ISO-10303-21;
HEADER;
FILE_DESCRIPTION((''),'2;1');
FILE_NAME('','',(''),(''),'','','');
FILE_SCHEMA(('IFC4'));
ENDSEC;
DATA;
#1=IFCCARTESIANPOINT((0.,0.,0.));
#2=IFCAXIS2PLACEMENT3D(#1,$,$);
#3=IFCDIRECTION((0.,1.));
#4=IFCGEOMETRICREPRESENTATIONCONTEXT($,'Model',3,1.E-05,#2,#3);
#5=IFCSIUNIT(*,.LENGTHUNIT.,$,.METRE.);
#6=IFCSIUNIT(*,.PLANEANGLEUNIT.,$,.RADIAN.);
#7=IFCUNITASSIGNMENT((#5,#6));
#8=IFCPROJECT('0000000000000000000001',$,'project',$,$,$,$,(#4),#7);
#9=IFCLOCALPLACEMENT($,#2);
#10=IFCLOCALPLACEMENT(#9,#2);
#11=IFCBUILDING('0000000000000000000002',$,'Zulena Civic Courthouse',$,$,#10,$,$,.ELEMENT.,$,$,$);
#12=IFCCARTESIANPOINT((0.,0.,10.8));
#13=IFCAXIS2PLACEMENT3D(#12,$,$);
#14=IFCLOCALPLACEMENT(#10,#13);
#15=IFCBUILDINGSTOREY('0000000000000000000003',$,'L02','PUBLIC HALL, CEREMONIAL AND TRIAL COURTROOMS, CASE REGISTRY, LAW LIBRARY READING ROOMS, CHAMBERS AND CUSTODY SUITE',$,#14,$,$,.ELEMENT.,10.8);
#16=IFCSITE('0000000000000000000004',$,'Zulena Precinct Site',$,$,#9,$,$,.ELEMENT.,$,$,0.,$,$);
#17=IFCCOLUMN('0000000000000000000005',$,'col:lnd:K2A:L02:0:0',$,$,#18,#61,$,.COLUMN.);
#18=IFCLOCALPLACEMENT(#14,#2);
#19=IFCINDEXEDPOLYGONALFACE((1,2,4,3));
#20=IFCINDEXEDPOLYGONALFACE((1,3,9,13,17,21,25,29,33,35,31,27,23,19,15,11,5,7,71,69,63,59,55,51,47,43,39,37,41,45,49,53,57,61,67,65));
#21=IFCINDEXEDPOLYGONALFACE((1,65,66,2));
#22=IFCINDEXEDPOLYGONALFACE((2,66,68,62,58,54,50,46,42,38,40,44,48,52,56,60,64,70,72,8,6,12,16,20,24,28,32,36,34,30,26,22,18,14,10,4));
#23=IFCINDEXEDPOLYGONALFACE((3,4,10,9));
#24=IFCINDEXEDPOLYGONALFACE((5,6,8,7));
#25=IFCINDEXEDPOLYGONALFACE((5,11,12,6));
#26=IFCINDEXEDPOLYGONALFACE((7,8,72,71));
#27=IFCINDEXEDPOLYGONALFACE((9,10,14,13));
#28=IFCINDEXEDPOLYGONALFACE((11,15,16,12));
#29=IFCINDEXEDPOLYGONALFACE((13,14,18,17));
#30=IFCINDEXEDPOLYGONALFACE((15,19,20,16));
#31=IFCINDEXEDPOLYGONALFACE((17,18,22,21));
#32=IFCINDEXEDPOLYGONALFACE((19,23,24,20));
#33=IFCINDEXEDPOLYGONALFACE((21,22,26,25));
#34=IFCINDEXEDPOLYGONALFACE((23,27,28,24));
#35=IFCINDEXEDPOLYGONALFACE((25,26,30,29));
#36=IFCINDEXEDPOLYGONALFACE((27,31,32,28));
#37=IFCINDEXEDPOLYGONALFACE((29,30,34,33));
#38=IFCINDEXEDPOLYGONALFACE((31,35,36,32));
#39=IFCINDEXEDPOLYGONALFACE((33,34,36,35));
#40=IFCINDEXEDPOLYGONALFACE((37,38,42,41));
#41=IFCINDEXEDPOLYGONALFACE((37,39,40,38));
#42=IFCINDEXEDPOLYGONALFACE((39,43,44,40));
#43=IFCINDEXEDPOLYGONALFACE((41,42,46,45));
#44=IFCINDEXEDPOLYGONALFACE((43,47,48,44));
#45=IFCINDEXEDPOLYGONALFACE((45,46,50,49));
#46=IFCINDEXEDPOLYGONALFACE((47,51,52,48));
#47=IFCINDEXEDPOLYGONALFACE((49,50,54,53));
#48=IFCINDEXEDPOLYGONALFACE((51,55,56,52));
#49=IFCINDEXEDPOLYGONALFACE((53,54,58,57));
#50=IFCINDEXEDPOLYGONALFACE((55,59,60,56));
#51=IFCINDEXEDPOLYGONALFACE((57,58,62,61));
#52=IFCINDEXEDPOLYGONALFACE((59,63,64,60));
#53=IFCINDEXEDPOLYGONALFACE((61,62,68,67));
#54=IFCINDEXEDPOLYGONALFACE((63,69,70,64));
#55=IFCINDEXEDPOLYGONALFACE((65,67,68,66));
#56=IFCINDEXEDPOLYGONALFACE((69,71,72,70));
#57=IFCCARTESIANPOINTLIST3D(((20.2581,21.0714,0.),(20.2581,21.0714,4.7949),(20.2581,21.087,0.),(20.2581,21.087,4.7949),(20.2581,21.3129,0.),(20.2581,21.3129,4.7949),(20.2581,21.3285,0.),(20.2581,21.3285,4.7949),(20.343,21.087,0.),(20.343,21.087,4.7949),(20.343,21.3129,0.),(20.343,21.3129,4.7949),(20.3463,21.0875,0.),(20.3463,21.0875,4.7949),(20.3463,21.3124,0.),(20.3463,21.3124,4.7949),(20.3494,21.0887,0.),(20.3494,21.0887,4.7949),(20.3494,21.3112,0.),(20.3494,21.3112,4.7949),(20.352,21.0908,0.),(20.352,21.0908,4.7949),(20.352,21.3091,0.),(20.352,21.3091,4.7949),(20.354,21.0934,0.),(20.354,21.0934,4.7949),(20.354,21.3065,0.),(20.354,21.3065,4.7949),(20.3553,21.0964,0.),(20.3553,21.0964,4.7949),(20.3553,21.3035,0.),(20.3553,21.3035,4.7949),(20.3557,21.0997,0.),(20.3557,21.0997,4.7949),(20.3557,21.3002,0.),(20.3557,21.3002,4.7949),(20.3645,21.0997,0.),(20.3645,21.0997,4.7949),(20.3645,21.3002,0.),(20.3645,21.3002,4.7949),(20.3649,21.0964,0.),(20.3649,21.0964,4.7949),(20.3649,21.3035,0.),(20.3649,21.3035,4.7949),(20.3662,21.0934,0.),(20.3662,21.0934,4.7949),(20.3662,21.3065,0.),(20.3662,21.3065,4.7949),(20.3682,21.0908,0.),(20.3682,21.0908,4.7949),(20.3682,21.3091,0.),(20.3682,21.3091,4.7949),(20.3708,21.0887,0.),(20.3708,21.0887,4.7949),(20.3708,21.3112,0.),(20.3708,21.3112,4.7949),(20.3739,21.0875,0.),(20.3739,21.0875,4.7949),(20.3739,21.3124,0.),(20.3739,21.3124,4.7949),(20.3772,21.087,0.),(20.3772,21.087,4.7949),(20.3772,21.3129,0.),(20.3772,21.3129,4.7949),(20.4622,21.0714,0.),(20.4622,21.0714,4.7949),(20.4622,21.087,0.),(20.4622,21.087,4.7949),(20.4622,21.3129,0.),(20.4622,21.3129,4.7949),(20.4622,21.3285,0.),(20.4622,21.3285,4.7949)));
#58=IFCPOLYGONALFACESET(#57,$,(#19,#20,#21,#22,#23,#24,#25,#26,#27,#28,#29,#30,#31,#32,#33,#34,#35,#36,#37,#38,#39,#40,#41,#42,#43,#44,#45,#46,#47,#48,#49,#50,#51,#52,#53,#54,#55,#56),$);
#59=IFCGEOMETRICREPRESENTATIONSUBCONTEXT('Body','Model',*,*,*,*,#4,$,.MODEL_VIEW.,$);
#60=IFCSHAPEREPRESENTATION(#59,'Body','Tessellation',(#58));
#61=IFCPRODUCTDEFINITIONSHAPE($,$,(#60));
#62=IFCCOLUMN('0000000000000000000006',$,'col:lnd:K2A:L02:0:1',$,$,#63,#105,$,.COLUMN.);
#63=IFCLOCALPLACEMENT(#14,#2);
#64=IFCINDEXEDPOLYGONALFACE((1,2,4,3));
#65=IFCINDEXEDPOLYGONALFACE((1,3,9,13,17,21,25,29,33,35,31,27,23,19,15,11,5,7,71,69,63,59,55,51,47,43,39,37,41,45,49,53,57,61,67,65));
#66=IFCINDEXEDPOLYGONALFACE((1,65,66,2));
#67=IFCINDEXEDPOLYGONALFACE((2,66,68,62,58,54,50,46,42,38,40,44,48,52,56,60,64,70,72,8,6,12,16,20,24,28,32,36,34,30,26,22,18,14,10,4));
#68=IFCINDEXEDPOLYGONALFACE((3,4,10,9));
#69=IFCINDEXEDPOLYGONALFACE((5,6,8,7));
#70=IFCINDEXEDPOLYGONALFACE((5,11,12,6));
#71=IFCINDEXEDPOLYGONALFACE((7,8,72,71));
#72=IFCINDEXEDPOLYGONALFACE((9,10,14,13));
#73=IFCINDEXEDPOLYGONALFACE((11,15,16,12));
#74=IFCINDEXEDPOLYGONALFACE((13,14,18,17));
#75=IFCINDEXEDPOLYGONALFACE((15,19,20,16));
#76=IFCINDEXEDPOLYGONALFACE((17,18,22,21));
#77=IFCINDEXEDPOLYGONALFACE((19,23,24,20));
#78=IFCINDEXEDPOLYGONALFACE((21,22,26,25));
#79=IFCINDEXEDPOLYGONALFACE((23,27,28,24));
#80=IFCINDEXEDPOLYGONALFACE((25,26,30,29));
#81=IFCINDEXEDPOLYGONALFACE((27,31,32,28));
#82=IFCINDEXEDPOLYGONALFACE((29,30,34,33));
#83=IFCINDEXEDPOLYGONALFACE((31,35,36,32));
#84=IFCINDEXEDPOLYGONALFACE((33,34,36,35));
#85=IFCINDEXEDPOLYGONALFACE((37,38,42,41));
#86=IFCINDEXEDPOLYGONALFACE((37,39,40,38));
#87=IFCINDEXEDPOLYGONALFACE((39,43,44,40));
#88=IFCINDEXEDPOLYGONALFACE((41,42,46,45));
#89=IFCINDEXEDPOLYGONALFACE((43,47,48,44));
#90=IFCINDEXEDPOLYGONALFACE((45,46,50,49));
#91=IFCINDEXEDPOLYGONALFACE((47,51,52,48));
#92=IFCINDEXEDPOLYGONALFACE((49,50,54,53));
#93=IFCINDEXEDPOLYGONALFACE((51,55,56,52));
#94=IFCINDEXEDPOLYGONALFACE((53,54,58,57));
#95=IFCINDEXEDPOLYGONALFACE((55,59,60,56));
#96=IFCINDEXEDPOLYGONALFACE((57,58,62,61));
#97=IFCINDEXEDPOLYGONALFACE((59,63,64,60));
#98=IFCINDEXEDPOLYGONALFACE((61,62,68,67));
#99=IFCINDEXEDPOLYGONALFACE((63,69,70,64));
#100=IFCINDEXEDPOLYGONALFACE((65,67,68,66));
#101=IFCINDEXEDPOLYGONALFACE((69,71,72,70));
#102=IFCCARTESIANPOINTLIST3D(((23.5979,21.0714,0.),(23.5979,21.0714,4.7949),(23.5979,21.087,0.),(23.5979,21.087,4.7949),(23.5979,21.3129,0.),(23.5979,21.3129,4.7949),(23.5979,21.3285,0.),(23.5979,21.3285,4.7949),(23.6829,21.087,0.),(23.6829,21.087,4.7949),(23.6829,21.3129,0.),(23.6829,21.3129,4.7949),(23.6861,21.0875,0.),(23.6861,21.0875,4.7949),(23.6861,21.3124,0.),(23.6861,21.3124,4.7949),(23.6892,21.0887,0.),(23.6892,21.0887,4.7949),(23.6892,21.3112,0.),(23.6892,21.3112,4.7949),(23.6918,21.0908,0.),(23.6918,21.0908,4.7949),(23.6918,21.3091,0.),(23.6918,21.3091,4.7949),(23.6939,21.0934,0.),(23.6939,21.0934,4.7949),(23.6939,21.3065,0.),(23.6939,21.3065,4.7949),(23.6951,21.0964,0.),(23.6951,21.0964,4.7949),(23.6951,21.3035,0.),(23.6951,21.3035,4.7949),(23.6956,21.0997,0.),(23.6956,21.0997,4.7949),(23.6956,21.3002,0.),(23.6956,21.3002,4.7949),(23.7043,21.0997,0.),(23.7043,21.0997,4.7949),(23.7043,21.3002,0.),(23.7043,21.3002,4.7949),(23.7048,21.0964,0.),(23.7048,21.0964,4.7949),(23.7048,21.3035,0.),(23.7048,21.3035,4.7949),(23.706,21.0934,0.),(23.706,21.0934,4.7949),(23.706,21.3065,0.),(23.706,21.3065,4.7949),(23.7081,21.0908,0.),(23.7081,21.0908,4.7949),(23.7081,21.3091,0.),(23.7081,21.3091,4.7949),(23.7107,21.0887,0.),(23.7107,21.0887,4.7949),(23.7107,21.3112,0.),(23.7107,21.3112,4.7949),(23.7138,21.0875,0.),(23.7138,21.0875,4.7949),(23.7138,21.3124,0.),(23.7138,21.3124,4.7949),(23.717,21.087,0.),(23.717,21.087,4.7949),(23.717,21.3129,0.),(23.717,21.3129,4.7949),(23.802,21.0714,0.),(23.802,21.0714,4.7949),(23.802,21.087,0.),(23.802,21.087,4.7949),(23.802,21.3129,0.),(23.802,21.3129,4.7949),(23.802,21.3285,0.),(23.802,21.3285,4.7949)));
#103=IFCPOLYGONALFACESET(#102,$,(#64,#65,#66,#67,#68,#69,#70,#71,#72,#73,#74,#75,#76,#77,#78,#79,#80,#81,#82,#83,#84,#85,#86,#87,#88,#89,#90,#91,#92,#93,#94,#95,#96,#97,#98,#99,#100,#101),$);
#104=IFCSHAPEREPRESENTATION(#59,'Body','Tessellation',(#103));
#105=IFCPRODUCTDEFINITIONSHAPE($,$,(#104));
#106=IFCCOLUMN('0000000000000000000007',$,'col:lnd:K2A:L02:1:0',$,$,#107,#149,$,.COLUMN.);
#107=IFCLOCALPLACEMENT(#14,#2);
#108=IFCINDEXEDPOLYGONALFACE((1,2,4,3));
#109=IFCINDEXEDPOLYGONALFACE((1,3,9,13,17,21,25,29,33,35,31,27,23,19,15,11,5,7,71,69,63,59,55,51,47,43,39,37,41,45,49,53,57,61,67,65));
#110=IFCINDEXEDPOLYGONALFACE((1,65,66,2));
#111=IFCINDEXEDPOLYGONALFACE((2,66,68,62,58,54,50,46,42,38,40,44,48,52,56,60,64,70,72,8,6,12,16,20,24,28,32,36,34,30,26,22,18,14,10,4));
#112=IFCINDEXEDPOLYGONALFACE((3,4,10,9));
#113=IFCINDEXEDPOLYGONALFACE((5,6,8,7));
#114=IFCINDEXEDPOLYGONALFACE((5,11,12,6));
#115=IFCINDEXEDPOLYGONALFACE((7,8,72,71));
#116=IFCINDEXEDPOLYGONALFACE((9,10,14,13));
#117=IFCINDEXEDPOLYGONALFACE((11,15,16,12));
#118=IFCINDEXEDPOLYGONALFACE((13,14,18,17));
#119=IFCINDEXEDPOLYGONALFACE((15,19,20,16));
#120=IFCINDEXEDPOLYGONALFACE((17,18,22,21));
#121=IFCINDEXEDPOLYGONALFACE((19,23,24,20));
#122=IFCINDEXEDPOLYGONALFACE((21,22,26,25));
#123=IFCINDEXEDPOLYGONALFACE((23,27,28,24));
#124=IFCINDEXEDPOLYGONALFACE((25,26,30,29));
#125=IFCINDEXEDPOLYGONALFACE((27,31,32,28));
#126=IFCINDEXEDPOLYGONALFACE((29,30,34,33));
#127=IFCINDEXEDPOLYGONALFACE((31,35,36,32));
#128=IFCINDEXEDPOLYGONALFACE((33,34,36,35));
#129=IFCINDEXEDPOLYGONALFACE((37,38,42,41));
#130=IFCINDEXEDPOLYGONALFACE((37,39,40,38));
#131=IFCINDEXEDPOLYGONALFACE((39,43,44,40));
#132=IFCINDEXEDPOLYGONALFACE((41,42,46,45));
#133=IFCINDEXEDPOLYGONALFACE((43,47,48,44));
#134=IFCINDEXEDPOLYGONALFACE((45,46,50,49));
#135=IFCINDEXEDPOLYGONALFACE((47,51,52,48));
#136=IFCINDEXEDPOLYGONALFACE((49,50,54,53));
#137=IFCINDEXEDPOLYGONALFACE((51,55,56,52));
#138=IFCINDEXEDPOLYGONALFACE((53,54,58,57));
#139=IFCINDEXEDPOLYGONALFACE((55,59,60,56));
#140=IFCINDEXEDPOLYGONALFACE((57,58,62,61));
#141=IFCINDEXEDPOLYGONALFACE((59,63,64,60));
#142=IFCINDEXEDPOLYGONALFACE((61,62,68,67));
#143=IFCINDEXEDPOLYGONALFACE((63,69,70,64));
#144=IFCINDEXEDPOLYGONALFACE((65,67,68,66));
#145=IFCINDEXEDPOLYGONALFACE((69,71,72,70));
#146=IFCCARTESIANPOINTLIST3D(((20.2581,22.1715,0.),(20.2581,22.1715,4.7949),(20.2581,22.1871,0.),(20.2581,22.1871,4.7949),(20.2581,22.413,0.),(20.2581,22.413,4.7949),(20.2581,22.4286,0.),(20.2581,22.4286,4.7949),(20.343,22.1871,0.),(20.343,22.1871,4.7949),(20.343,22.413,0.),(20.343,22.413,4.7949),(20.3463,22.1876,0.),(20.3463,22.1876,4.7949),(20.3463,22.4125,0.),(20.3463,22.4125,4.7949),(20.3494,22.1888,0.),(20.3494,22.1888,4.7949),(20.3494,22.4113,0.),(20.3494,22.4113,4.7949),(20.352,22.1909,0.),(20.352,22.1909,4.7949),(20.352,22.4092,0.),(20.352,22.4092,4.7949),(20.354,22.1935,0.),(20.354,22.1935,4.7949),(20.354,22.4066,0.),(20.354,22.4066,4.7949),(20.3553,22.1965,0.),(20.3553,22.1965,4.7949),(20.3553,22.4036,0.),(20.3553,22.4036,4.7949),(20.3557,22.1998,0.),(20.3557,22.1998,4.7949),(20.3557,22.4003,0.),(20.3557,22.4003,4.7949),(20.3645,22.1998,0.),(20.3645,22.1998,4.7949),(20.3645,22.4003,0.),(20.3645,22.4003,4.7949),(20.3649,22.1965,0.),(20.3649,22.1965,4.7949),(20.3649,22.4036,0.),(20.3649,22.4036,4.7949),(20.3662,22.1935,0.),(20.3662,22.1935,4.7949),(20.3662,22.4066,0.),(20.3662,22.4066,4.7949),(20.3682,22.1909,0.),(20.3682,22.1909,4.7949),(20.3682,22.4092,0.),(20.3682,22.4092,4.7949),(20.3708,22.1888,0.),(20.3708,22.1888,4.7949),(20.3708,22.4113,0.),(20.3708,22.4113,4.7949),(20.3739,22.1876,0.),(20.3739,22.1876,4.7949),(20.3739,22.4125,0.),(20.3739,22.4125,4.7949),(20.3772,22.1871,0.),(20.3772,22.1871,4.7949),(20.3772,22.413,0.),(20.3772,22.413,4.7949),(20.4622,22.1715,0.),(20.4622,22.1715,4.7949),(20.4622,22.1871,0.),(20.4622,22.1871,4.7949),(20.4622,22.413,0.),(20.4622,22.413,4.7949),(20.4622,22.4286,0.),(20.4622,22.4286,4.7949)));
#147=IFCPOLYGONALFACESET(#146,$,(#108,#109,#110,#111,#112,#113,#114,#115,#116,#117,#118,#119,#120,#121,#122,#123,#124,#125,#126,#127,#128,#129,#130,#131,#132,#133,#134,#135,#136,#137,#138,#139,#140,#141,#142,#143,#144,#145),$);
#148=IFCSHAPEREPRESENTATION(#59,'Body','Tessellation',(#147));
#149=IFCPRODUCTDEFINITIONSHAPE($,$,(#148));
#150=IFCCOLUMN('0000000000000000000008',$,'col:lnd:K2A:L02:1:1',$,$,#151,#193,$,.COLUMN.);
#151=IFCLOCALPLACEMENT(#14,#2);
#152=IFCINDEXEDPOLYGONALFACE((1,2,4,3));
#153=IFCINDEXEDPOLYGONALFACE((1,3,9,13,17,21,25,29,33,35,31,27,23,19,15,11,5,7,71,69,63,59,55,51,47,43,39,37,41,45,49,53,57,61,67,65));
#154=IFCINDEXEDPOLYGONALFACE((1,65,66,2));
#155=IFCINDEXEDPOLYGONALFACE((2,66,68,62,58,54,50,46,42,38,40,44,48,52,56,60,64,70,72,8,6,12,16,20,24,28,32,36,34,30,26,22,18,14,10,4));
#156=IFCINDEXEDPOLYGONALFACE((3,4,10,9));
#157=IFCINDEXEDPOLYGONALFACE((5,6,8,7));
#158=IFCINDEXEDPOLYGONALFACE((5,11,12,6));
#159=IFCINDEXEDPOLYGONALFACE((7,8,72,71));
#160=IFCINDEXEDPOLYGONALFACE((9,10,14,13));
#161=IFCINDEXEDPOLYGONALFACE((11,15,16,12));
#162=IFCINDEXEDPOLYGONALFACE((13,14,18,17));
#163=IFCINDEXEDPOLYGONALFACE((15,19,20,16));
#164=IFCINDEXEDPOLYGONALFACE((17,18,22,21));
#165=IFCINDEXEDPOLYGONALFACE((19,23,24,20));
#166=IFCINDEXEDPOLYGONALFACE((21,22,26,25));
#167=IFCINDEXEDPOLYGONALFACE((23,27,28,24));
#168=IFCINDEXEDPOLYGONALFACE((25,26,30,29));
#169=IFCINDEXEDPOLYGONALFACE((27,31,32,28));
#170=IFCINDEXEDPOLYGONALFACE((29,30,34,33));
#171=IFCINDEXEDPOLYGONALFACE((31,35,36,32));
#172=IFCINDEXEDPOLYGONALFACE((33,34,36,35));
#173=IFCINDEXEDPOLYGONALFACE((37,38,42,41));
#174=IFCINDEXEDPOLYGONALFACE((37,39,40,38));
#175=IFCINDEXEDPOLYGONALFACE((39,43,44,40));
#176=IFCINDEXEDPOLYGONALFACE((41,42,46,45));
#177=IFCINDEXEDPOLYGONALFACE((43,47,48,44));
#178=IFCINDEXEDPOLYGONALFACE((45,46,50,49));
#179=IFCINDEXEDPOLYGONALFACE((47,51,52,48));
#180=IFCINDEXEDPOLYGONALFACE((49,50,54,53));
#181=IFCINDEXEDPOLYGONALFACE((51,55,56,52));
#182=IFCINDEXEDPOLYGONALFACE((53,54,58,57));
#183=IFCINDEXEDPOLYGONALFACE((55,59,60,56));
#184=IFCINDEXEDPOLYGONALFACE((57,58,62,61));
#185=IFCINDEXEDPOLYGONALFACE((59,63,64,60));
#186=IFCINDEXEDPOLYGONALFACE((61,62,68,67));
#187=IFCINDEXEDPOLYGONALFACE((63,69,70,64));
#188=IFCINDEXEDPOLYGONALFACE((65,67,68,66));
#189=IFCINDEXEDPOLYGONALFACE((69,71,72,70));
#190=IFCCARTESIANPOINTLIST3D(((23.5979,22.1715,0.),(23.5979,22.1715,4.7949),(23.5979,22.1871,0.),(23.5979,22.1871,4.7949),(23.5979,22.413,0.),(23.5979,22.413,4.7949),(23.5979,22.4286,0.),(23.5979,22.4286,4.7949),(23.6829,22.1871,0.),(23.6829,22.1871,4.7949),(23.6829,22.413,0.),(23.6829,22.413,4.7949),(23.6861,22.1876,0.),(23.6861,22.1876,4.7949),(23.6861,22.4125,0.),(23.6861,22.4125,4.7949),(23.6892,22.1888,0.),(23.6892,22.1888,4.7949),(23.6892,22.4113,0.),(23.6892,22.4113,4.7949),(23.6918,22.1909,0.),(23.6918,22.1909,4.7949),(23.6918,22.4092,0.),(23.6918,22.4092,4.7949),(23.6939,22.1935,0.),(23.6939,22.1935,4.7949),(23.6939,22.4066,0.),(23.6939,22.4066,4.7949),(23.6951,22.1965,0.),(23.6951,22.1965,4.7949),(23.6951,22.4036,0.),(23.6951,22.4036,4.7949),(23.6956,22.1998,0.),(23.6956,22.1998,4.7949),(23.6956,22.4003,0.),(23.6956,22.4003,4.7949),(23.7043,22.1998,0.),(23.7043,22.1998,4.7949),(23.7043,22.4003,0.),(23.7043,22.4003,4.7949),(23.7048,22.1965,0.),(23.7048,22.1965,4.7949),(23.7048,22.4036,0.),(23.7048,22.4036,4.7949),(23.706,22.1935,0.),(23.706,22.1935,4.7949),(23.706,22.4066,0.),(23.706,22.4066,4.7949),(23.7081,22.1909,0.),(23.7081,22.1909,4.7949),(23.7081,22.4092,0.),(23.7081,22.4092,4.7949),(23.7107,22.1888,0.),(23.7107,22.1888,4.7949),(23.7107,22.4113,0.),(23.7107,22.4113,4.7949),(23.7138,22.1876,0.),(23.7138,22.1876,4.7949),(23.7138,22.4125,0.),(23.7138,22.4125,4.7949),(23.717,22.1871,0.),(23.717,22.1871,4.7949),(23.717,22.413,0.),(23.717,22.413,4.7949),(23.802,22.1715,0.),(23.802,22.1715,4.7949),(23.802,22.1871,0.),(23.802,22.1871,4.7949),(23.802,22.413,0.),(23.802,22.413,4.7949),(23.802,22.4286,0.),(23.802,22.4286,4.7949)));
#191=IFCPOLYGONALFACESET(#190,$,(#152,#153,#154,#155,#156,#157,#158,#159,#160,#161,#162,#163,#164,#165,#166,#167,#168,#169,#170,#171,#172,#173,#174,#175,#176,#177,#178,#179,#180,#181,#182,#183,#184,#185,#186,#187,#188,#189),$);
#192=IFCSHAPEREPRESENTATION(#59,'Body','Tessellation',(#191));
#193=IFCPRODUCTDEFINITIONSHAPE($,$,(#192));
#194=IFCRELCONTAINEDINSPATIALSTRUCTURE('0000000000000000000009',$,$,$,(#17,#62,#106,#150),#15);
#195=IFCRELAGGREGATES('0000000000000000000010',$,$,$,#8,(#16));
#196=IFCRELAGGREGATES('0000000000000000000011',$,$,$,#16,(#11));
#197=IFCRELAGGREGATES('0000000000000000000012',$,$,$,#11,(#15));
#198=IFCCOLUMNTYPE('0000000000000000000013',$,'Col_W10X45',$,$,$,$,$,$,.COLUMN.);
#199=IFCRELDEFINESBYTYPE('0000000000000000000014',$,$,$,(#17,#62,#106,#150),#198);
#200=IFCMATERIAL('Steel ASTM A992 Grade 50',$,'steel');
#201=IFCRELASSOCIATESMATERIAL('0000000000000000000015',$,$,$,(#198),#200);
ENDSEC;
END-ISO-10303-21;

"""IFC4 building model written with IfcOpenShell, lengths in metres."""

from ifc_helpers import new_model, si_unit, direction, frame, origin, origin_2d, place, context, subcontext, project, spatial, i_section, extrude, material, material_profile, profile_set, type_object, element, save


model = new_model("IFC4")

# Units and contexts
model_context = context("Model", 3, precision=1e-05, world=origin(), true_north=direction((0.0, 1.0)))
body_context = subcontext(model_context, "Body", "Model", "MODEL_VIEW")
ifc_project = project(units=[si_unit("LENGTHUNIT", "METRE"), si_unit("PLANEANGLEUNIT", "RADIAN")], contexts=[model_context])

# Site, building, storey
site_placement = place(None, origin())
site = spatial("IfcSite", under=ifc_project, at=site_placement, Name="Zulena Precinct Site", CompositionType="ELEMENT", RefElevation=0.0)
building_placement = place(site_placement, origin())
building = spatial("IfcBuilding", under=site, at=building_placement, Name="Zulena Civic Courthouse", CompositionType="ELEMENT")
storey_placement = place(building_placement, frame((0.0, 0.0, 10.8)))
storey = spatial("IfcBuildingStorey", under=building, at=storey_placement, Name="L02", Description="PUBLIC HALL, CEREMONIAL AND TRIAL COURTROOMS, CASE REGISTRY, LAW LIBRARY READING ROOMS, CHAMBERS AND CUSTODY SUITE", CompositionType="ELEMENT", Elevation=10.8)

# Columns
ifc_material_1 = material(Name="Steel ASTM A992 Grade 50", Category="steel")
ifc_material_profile_1 = material_profile(ifc_material_1, i_section(OverallWidth=0.2041, OverallDepth=0.2571, WebThickness=0.0088, FlangeThickness=0.0156, FilletRadius=0.0127, at=origin_2d()), Name="W10X45")
ifc_profile_set_1 = profile_set([ifc_material_profile_1], Name="Steel ASTM A992 Grade 50")
column_type_1 = type_object("IfcColumnType", Name="Col_W10X45", PredefinedType="COLUMN", material=ifc_profile_set_1)
for number, where, z_axis, x_axis, name in (
    (1, (20.3601, 21.2, 0.0), (0.0, 0.0, 1.0), (1.0, 0.0, 0.0), "col:lnd:K2A:L02:0:0"),
    (2, (23.7, 21.2, 0.0), (0.0, 0.0, 1.0), (1.0, 0.0, 0.0), "col:lnd:K2A:L02:0:1"),
    (3, (20.3601, 22.3, 0.0), (0.0, 0.0, 1.0), (1.0, 0.0, 0.0), "col:lnd:K2A:L02:1:0"),
    (4, (23.7, 22.3, 0.0), (0.0, 0.0, 1.0), (1.0, 0.0, 0.0), "col:lnd:K2A:L02:1:1"),
):
    element("IfcColumn", number, at=place(storey_placement, frame(where, z_axis=z_axis, x_axis=x_axis)), inside=storey, type_object=column_type_1, Name=name, PredefinedType="COLUMN", context=body_context, shape_type="SweptSolid", body=[
        extrude(i_section(OverallWidth=0.2041, OverallDepth=0.2571, WebThickness=0.0088, FlangeThickness=0.0156, FilletRadius=0.0127, at=origin_2d()), origin(), (0.0, 0.0, 1.0), 4.7949),
    ])

save(model, "model.ifc")
